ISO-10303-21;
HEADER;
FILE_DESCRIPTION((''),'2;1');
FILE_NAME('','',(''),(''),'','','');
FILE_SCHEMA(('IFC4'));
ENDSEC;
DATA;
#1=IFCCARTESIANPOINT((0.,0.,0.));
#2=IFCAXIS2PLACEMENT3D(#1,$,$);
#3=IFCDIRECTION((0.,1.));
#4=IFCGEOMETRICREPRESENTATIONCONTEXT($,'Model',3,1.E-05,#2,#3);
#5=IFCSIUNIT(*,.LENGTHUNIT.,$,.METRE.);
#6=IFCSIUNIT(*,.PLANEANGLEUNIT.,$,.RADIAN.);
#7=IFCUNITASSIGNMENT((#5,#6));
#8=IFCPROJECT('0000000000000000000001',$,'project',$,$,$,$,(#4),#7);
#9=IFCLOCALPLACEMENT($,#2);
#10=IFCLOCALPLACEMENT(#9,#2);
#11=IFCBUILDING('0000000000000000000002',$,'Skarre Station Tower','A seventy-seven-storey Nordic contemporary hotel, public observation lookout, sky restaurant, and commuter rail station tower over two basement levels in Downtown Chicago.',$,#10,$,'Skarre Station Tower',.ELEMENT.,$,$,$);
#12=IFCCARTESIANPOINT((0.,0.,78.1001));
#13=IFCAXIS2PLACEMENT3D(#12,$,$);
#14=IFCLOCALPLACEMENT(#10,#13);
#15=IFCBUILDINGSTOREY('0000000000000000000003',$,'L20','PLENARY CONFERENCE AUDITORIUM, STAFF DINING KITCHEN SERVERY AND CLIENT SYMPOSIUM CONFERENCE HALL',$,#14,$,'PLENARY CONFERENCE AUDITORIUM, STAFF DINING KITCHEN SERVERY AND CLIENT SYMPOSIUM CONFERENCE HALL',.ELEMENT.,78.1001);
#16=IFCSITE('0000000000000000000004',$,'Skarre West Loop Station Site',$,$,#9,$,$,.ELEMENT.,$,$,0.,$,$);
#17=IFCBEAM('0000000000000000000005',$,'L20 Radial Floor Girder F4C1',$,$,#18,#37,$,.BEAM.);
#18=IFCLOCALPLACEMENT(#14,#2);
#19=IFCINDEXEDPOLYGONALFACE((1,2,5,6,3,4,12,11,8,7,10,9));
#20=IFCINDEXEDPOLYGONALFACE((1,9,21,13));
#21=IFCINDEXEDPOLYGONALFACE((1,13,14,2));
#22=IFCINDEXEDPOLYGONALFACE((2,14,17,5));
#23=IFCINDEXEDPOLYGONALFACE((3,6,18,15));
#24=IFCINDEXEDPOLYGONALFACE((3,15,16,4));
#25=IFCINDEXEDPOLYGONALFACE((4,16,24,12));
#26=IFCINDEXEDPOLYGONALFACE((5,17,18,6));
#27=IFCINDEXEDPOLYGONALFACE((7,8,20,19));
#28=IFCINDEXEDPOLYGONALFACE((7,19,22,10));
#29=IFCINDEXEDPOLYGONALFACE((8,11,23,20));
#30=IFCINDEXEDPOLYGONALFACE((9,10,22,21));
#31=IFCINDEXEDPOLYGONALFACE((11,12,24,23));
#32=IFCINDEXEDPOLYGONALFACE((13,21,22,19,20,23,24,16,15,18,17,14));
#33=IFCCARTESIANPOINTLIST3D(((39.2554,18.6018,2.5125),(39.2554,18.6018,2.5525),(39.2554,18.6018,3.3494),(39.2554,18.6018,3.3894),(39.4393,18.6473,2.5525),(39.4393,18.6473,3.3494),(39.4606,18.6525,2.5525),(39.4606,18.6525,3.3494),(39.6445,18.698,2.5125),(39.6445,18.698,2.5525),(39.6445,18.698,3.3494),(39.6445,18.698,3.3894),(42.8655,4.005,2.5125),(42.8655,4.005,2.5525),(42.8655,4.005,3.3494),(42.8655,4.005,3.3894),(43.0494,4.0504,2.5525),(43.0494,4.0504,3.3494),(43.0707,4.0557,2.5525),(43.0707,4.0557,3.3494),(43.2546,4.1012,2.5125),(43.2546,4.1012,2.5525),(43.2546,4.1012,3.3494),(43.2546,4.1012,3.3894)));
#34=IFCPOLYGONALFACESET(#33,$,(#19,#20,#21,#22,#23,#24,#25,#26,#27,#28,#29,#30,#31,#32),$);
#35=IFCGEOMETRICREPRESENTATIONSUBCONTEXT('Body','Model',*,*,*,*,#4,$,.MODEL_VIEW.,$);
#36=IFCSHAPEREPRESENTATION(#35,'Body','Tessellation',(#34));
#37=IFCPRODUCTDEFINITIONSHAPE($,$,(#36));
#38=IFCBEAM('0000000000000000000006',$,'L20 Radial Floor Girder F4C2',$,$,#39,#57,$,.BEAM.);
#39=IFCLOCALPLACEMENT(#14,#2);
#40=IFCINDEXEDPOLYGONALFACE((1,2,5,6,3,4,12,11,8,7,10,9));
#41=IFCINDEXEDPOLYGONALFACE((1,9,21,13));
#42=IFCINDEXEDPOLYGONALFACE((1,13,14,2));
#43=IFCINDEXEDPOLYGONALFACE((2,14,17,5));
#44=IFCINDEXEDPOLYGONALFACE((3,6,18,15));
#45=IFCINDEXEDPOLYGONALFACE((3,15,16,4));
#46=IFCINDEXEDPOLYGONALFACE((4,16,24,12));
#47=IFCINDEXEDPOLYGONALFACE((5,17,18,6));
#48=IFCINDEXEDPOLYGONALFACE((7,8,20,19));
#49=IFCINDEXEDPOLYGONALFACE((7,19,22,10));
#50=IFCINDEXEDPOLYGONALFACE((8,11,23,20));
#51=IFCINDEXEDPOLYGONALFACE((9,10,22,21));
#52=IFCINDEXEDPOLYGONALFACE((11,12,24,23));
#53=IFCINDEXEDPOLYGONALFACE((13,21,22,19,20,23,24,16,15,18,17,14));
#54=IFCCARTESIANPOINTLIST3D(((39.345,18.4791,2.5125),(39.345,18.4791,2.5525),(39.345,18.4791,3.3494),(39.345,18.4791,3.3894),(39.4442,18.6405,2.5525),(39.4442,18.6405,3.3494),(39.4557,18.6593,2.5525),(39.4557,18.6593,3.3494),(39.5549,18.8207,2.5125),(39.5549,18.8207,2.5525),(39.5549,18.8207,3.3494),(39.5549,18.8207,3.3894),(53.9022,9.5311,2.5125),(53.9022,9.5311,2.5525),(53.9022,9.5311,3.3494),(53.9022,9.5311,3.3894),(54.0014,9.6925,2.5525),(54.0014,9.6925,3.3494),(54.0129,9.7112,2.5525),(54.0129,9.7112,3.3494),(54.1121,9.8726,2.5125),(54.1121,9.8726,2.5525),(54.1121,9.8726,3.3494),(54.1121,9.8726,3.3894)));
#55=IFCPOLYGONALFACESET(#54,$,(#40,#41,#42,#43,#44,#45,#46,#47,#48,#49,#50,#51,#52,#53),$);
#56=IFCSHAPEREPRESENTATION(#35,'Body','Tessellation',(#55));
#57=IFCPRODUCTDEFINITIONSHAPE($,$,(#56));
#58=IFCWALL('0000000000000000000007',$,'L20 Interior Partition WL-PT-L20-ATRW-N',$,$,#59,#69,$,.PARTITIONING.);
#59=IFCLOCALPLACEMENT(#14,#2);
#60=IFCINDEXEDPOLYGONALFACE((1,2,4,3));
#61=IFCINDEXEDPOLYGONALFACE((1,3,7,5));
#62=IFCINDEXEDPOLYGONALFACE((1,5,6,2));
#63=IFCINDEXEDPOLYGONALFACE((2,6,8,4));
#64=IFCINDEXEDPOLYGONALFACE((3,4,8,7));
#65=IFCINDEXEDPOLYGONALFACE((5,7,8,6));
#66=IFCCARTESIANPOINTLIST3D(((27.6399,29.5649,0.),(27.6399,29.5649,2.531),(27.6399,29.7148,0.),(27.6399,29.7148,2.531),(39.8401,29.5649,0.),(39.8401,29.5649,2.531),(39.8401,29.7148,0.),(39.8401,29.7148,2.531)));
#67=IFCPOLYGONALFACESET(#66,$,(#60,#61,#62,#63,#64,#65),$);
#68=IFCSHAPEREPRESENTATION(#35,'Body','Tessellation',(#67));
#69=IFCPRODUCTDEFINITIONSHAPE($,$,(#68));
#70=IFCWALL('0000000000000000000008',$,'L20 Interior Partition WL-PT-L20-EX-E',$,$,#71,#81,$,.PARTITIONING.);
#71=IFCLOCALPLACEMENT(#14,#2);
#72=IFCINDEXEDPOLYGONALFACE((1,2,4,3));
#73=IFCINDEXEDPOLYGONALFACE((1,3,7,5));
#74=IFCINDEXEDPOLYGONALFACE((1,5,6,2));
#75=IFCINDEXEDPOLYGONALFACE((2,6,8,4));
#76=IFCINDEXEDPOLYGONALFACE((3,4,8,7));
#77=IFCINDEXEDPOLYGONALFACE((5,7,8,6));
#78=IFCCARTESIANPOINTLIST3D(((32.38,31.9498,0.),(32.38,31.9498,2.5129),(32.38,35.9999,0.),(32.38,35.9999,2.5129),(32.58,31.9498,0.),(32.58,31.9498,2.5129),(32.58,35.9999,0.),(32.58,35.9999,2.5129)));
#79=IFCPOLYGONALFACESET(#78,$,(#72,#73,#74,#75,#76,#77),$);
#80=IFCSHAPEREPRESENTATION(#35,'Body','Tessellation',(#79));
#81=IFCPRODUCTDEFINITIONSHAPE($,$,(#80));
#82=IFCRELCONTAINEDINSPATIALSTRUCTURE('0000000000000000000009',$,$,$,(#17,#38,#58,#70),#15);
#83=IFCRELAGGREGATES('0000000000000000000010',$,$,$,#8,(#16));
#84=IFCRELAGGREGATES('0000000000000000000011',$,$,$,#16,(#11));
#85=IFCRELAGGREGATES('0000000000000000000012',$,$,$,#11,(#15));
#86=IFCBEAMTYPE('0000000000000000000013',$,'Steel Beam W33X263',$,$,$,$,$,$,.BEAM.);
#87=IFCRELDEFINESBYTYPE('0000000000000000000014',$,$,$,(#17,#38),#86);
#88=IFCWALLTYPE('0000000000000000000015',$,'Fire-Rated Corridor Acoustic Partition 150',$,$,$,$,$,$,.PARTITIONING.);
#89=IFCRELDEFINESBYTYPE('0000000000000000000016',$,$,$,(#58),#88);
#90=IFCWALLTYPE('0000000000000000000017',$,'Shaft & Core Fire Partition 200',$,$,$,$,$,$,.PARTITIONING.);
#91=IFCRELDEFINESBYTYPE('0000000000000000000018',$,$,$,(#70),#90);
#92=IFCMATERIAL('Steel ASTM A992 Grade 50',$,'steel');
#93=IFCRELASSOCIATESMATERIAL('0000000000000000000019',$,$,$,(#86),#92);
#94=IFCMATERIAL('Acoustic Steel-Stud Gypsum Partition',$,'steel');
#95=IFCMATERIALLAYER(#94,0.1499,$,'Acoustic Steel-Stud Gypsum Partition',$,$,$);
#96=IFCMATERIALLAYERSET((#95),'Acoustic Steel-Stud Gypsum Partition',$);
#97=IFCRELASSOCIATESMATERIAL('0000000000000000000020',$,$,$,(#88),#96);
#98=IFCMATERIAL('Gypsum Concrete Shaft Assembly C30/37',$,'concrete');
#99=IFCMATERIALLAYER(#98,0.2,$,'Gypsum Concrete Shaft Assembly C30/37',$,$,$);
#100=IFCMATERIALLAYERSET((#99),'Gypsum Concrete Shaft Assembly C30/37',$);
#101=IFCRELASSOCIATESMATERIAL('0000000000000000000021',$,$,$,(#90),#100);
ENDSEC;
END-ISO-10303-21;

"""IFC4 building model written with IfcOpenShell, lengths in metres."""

from ifc_helpers import new_model, si_unit, direction, frame, frame_2d, origin, origin_2d, place, context, subcontext, project, spatial, rectangle, i_section, extrude, material, layer, layer_set, material_profile, profile_set, type_object, element, save


model = new_model("IFC4")

# Units and contexts
model_context = context("Model", 3, precision=1e-05, world=origin(), true_north=direction((0.0, 1.0)))
body_context = subcontext(model_context, "Body", "Model", "MODEL_VIEW")
ifc_project = project(units=[si_unit("LENGTHUNIT", "METRE"), si_unit("PLANEANGLEUNIT", "RADIAN")], contexts=[model_context])

# Site, building, storey
site_placement = place(None, origin())
site = spatial("IfcSite", under=ifc_project, at=site_placement, Name="Skarre West Loop Station Site", CompositionType="ELEMENT", RefElevation=0.0)
building_placement = place(site_placement, origin())
building = spatial("IfcBuilding", under=site, at=building_placement, Name="Skarre Station Tower", Description="A seventy-seven-storey Nordic contemporary hotel, public observation lookout, sky restaurant, and commuter rail station tower over two basement levels in Downtown Chicago.", LongName="Skarre Station Tower", CompositionType="ELEMENT")
storey_placement = place(building_placement, frame((0.0, 0.0, 78.1001)))
storey = spatial("IfcBuildingStorey", under=building, at=storey_placement, Name="L20", Description="PLENARY CONFERENCE AUDITORIUM, STAFF DINING KITCHEN SERVERY AND CLIENT SYMPOSIUM CONFERENCE HALL", LongName="PLENARY CONFERENCE AUDITORIUM, STAFF DINING KITCHEN SERVERY AND CLIENT SYMPOSIUM CONFERENCE HALL", CompositionType="ELEMENT", Elevation=78.1001)

# Beams
ifc_material_1 = material(Name="Steel ASTM A992 Grade 50", Category="steel")
ifc_material_profile_1 = material_profile(ifc_material_1, i_section(OverallWidth=0.4009, OverallDepth=0.877, WebThickness=0.022, FlangeThickness=0.04, at=origin_2d()), Name="Steel ASTM A992 Grade 50")
ifc_profile_set_1 = profile_set([ifc_material_profile_1], Name="Steel ASTM A992 Grade 50")
beam_type_1 = type_object("IfcBeamType", Name="Steel Beam W33X263", PredefinedType="BEAM", material=ifc_profile_set_1)
beam_1_placement = place(storey_placement, frame((39.45, 18.6499, 2.9509), z_axis=(0.240086, -0.970752, 0.0), x_axis=(0.970752, 0.240086, 0.0)))
element("IfcBeam", 1, at=beam_1_placement, inside=storey, type_object=beam_type_1, Name="L20 Radial Floor Girder F4C1", PredefinedType="BEAM", context=body_context, shape_type="SweptSolid", body=[
    extrude(i_section(OverallWidth=0.4009, OverallDepth=0.877, WebThickness=0.022, FlangeThickness=0.04, at=origin_2d()), origin(), (0.0, 0.0, 1.0), 15.0366),
])
beam_2_placement = place(storey_placement, frame((39.45, 18.6499, 2.9509), z_axis=(0.851926, -0.523663, 0.0), x_axis=(0.523663, 0.851926, 0.0)))
element("IfcBeam", 2, at=beam_2_placement, inside=storey, type_object=beam_type_1, Name="L20 Radial Floor Girder F4C2", PredefinedType="BEAM", context=body_context, shape_type="SweptSolid", body=[
    extrude(i_section(OverallWidth=0.4009, OverallDepth=0.877, WebThickness=0.022, FlangeThickness=0.04, at=origin_2d()), origin(), (0.0, 0.0, 1.0), 17.0874),
])

# Walls
ifc_material_2 = material(Name="Acoustic Steel-Stud Gypsum Partition", Category="steel")
ifc_layer_1 = layer(ifc_material_2, 0.1499, Name="Acoustic Steel-Stud Gypsum Partition")
ifc_layer_set_1 = layer_set([ifc_layer_1], Name="Acoustic Steel-Stud Gypsum Partition")
wall_type_1 = type_object("IfcWallType", Name="Fire-Rated Corridor Acoustic Partition 150", PredefinedType="PARTITIONING", material=ifc_layer_set_1)
wall_1_placement = place(storey_placement, frame((39.8401, 29.6399, 0.0), z_axis=(0.0, 0.0, 1.0), x_axis=(-1.0, 0.0, 0.0)))
element("IfcWall", 3, at=wall_1_placement, inside=storey, type_object=wall_type_1, Name="L20 Interior Partition WL-PT-L20-ATRW-N", PredefinedType="PARTITIONING", context=body_context, shape_type="SweptSolid", body=[
    extrude(rectangle(XDim=12.2002, YDim=0.1499, at=frame_2d((6.1001, 0.0))), origin(), (0.0, 0.0, 1.0), 2.531),
])
ifc_material_3 = material(Name="Gypsum Concrete Shaft Assembly C30/37", Category="concrete")
ifc_layer_2 = layer(ifc_material_3, 0.2, Name="Gypsum Concrete Shaft Assembly C30/37")
ifc_layer_set_2 = layer_set([ifc_layer_2], Name="Gypsum Concrete Shaft Assembly C30/37")
wall_type_2 = type_object("IfcWallType", Name="Shaft & Core Fire Partition 200", PredefinedType="PARTITIONING", material=ifc_layer_set_2)
wall_2_placement = place(storey_placement, frame((32.48, 31.95, 0.0), z_axis=(0.0, 0.0, 1.0), x_axis=(0.0, 1.0, 0.0)))
element("IfcWall", 4, at=wall_2_placement, inside=storey, type_object=wall_type_2, Name="L20 Interior Partition WL-PT-L20-EX-E", PredefinedType="PARTITIONING", context=body_context, shape_type="SweptSolid", body=[
    extrude(rectangle(XDim=4.05, YDim=0.2, at=frame_2d((2.0249, 0.0))), origin(), (0.0, 0.0, 1.0), 2.5129),
])

save(model, "model.ifc")
